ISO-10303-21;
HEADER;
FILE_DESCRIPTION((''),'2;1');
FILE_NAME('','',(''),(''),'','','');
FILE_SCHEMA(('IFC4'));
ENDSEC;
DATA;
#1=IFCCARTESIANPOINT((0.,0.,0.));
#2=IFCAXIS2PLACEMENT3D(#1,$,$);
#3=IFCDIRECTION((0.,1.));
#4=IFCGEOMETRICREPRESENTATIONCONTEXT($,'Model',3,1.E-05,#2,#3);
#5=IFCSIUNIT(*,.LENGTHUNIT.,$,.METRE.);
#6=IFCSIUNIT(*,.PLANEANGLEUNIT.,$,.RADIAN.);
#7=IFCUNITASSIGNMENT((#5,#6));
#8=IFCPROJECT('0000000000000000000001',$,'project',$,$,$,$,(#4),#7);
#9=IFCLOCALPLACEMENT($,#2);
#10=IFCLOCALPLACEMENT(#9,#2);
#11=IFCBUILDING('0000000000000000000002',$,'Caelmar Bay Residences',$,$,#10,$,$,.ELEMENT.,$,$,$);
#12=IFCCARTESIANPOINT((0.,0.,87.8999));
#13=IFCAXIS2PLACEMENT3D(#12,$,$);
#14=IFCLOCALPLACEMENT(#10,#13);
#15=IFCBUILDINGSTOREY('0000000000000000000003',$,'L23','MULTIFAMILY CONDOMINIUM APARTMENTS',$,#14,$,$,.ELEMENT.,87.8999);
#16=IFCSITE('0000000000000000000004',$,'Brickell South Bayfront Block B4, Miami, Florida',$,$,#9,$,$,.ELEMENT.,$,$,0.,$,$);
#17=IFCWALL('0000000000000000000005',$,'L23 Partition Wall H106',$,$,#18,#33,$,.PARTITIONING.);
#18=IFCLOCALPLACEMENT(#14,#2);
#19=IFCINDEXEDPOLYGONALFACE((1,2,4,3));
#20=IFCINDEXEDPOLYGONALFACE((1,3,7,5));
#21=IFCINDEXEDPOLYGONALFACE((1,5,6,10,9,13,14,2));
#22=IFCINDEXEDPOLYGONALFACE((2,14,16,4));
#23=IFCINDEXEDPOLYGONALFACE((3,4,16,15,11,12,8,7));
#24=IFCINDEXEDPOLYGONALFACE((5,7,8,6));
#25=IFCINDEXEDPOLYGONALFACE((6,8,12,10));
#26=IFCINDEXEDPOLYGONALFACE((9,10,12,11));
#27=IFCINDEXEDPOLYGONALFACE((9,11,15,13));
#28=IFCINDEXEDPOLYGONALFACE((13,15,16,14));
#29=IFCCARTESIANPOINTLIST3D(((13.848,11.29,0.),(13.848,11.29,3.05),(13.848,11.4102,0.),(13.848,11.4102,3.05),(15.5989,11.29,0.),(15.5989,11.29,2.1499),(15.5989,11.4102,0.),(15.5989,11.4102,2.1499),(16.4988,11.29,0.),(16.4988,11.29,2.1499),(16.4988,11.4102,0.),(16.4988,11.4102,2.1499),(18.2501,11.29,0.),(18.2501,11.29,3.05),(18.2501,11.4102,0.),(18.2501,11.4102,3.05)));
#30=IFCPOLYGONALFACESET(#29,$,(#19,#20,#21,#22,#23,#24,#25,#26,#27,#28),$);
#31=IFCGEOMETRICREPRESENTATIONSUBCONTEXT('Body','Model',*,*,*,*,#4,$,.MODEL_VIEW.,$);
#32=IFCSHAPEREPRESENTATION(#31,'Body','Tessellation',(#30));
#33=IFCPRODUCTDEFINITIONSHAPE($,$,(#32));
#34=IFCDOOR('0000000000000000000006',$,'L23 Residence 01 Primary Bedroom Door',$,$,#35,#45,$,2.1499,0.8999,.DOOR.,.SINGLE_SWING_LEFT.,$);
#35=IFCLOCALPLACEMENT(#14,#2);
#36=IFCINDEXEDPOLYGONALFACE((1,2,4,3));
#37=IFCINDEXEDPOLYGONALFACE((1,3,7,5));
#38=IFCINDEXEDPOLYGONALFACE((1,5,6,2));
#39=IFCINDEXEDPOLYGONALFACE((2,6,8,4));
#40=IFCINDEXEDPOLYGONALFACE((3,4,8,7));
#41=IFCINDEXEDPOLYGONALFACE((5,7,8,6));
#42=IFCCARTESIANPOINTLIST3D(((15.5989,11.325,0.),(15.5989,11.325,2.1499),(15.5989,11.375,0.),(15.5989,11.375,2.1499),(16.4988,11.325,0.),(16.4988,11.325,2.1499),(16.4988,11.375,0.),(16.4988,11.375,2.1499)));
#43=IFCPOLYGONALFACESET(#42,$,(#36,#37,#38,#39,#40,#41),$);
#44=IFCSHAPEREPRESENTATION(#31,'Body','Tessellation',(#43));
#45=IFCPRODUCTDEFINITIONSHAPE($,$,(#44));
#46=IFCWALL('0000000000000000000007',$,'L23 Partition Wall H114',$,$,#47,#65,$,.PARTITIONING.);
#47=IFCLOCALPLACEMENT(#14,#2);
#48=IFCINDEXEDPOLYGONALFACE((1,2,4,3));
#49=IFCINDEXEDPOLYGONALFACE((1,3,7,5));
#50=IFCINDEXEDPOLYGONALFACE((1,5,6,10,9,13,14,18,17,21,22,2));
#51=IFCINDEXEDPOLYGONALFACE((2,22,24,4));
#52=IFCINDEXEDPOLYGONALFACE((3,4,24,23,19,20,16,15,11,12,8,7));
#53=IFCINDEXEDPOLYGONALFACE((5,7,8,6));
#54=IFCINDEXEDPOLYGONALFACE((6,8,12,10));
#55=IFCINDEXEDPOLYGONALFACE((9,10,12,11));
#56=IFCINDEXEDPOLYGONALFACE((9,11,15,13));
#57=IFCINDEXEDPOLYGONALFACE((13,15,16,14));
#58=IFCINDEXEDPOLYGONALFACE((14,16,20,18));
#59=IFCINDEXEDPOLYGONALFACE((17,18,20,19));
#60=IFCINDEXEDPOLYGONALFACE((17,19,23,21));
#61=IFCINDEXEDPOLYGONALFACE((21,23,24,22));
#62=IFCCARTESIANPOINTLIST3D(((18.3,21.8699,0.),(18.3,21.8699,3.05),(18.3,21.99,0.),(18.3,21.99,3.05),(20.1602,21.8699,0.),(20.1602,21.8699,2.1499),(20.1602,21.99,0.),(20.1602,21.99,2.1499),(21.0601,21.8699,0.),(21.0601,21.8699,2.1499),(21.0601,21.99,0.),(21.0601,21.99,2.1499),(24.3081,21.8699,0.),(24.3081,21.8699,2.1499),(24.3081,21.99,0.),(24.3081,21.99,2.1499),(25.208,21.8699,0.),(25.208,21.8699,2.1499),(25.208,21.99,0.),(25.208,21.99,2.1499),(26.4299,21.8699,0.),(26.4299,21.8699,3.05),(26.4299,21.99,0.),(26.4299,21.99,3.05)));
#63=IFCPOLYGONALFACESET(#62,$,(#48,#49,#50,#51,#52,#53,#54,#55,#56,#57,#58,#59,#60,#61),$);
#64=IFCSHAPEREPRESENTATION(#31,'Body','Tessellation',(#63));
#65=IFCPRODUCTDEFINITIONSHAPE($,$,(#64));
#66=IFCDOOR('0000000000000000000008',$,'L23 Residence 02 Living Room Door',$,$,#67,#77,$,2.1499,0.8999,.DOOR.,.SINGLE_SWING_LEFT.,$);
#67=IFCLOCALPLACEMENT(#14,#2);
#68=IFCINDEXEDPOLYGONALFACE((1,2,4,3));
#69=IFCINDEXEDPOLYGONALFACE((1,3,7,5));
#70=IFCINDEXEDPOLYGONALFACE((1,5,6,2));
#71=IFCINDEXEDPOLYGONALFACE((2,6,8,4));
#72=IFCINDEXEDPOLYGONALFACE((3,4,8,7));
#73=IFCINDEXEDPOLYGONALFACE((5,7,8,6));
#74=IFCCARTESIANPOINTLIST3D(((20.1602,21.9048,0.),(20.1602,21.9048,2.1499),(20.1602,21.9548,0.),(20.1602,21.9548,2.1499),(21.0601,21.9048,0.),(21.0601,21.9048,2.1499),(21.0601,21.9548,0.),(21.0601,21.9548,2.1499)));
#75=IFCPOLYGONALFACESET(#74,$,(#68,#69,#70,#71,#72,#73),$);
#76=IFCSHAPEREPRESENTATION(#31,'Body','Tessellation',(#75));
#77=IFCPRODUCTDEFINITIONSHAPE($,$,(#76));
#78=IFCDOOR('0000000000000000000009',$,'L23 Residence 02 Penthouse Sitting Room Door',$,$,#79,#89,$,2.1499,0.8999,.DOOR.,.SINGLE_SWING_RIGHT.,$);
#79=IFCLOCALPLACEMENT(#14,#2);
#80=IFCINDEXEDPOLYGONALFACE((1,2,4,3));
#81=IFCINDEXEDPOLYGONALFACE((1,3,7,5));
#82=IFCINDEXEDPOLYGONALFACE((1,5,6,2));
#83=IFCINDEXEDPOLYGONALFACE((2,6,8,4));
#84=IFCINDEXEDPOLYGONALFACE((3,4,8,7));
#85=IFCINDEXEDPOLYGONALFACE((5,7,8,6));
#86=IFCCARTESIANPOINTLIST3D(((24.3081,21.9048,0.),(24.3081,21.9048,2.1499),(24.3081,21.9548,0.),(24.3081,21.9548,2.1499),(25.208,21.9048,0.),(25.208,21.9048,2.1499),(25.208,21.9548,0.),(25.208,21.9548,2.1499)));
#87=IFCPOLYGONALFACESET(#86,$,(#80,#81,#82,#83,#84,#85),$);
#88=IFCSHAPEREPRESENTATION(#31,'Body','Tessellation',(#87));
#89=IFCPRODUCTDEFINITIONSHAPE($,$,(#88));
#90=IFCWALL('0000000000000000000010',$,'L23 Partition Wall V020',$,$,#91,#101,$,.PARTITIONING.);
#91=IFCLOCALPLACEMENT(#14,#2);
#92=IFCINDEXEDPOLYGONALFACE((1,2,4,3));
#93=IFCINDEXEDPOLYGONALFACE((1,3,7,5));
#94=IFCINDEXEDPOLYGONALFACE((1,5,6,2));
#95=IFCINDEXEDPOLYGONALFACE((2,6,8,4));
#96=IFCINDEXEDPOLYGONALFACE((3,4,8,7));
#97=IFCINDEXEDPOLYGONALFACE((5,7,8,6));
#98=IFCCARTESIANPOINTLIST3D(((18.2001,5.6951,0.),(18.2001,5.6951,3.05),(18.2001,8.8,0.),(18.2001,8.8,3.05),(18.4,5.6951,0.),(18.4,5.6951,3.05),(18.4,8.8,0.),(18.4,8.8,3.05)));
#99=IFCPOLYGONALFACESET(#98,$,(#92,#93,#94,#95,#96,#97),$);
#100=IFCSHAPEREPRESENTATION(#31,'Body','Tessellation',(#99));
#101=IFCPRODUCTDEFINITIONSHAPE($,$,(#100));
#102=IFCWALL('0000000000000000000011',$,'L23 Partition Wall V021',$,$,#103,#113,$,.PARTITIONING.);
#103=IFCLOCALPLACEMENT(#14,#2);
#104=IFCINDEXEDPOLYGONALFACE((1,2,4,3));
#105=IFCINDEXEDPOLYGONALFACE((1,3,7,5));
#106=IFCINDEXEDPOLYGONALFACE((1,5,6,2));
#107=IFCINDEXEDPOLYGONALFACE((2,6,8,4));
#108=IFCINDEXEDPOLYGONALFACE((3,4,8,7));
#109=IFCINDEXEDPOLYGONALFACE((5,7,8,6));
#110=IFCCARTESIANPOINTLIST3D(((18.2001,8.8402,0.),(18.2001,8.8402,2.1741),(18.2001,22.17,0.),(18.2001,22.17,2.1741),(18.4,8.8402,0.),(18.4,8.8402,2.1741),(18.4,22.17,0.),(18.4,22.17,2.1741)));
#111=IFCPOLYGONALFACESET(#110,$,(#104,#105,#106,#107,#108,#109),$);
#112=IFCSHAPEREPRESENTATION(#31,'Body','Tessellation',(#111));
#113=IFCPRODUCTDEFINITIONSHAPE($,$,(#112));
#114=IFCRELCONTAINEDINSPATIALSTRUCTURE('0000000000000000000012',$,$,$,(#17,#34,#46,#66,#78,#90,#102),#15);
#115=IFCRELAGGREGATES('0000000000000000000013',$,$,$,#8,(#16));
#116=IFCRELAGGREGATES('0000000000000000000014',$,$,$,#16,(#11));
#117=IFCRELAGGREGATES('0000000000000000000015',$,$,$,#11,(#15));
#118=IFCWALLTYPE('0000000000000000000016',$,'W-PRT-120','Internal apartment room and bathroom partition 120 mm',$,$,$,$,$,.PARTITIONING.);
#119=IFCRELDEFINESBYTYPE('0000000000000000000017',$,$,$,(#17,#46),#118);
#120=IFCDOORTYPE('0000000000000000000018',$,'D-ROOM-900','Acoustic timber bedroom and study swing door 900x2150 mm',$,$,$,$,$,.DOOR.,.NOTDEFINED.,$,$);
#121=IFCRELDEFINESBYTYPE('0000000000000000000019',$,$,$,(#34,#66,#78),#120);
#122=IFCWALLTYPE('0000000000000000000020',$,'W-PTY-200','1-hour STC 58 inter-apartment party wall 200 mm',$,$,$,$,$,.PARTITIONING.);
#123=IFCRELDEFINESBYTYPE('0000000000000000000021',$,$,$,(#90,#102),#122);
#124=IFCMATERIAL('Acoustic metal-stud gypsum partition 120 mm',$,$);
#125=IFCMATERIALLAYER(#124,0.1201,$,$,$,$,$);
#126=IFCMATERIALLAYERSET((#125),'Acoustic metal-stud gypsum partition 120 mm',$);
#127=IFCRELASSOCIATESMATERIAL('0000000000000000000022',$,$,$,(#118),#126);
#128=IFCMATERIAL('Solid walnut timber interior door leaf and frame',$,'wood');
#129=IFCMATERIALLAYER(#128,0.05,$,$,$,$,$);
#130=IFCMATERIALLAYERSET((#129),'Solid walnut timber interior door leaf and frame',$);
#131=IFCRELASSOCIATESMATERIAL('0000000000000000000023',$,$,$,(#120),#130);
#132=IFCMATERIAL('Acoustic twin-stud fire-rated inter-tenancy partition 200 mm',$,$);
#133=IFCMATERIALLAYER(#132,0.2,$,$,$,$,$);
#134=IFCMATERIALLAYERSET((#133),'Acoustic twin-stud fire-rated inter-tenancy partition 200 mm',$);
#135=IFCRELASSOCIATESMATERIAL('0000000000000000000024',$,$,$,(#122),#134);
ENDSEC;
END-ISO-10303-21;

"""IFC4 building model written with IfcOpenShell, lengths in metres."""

from ifc_helpers import new_model, si_unit, direction, frame, frame_2d, origin, place, context, subcontext, project, spatial, rectangle, extrude, material, layer, layer_set, type_object, element, fill, save


model = new_model("IFC4")

# Units and contexts
model_context = context("Model", 3, precision=1e-05, world=origin(), true_north=direction((0.0, 1.0)))
body_context = subcontext(model_context, "Body", "Model", "MODEL_VIEW")
ifc_project = project(units=[si_unit("LENGTHUNIT", "METRE"), si_unit("PLANEANGLEUNIT", "RADIAN")], contexts=[model_context])

# Site, building, storey
site_placement = place(None, origin())
site = spatial("IfcSite", under=ifc_project, at=site_placement, Name="Brickell South Bayfront Block B4, Miami, Florida", CompositionType="ELEMENT", RefElevation=0.0)
building_placement = place(site_placement, origin())
building = spatial("IfcBuilding", under=site, at=building_placement, Name="Caelmar Bay Residences", CompositionType="ELEMENT")
storey_placement = place(building_placement, frame((0.0, 0.0, 87.8999)))
storey = spatial("IfcBuildingStorey", under=building, at=storey_placement, Name="L23", Description="MULTIFAMILY CONDOMINIUM APARTMENTS", CompositionType="ELEMENT", Elevation=87.8999)

# Shared definitions
ifc_material_1 = material(Name="Acoustic metal-stud gypsum partition 120 mm")
ifc_layer_1 = layer(ifc_material_1, 0.1201)
ifc_layer_set_1 = layer_set([ifc_layer_1], Name="Acoustic metal-stud gypsum partition 120 mm")
wall_type_1 = type_object("IfcWallType", Name="W-PRT-120", Description="Internal apartment room and bathroom partition 120 mm", PredefinedType="PARTITIONING", material=ifc_layer_set_1)
ifc_material_2 = material(Name="Solid walnut timber interior door leaf and frame", Category="wood")
ifc_layer_2 = layer(ifc_material_2, 0.05)
ifc_layer_set_2 = layer_set([ifc_layer_2], Name="Solid walnut timber interior door leaf and frame")
door_type = type_object("IfcDoorType", Name="D-ROOM-900", Description="Acoustic timber bedroom and study swing door 900x2150 mm", OperationType="NOTDEFINED", PredefinedType="DOOR", material=ifc_layer_set_2)

# Wall, opening, door
wall_1_placement = place(storey_placement, frame((13.8479, 11.3501, 0.0), z_axis=(0.0, 0.0, 1.0), x_axis=(1.0, 0.0, 0.0)))
wall_1 = element("IfcWall", 1, at=wall_1_placement, inside=storey, type_object=wall_type_1, Name="L23 Partition Wall H106", PredefinedType="PARTITIONING", context=body_context, shape_type="SweptSolid", body=[
    extrude(rectangle(XDim=4.4021, YDim=0.1201, at=frame_2d((2.2012, 0.0))), origin(), (0.0, 0.0, 1.0), 3.05),
])
opening_1_placement = place(wall_1_placement, frame((1.751, 0.0, 0.0)))
opening_1 = element("IfcOpeningElement", 2, at=opening_1_placement, cuts=wall_1, PredefinedType="OPENING", context=body_context, shape_type="SweptSolid", body=[
    extrude(rectangle(XDim=0.8999, YDim=2.1499, at=frame_2d((0.45, 1.075))), frame((0.0, 0.0701, 0.0), z_axis=(0.0, -1.0, 0.0), x_axis=(1.0, 0.0, 0.0)), (0.0, 0.0, 1.0), 0.1401),
])
door_1_placement = place(opening_1_placement, origin())
door_1 = element("IfcDoor", 3, at=door_1_placement, inside=storey, type_object=door_type, Name="L23 Residence 01 Primary Bedroom Door", OperationType="SINGLE_SWING_LEFT", OverallHeight=2.1499, OverallWidth=0.8999, PredefinedType="DOOR", context=body_context, shape_type="SweptSolid", body=[
    extrude(rectangle(XDim=0.8999, YDim=2.1499, at=frame_2d((0.45, 1.075))), frame((0.0, 0.0249, 0.0), z_axis=(0.0, -1.0, 0.0), x_axis=(1.0, 0.0, 0.0)), (0.0, 0.0, 1.0), 0.05),
])
fill(opening_1, door_1)

# Wall, openings, doors
wall_2_placement = place(storey_placement, frame((18.3, 21.9299, 0.0), z_axis=(0.0, 0.0, 1.0), x_axis=(1.0, 0.0, 0.0)))
wall_2 = element("IfcWall", 4, at=wall_2_placement, inside=storey, type_object=wall_type_1, Name="L23 Partition Wall H114", PredefinedType="PARTITIONING", context=body_context, shape_type="SweptSolid", body=[
    extrude(rectangle(XDim=8.1299, YDim=0.1201, at=frame_2d((4.0649, 0.0))), origin(), (0.0, 0.0, 1.0), 3.05),
])
opening_2_placement = place(wall_2_placement, frame((1.8601, 0.0, 0.0)))
opening_2 = element("IfcOpeningElement", 5, at=opening_2_placement, cuts=wall_2, PredefinedType="OPENING", context=body_context, shape_type="SweptSolid", body=[
    extrude(rectangle(XDim=0.8999, YDim=2.1499, at=frame_2d((0.45, 1.075))), frame((0.0, 0.0701, 0.0), z_axis=(0.0, -1.0, 0.0), x_axis=(1.0, 0.0, 0.0)), (0.0, 0.0, 1.0), 0.1401),
])
opening_3_placement = place(wall_2_placement, frame((6.0081, 0.0, 0.0)))
opening_3 = element("IfcOpeningElement", 6, at=opening_3_placement, cuts=wall_2, PredefinedType="OPENING", context=body_context, shape_type="SweptSolid", body=[
    extrude(rectangle(XDim=0.8999, YDim=2.1499, at=frame_2d((0.45, 1.075))), frame((0.0, 0.0701, 0.0), z_axis=(0.0, -1.0, 0.0), x_axis=(1.0, 0.0, 0.0)), (0.0, 0.0, 1.0), 0.1401),
])
door_2_placement = place(opening_2_placement, origin())
door_2 = element("IfcDoor", 7, at=door_2_placement, inside=storey, type_object=door_type, Name="L23 Residence 02 Living Room Door", OperationType="SINGLE_SWING_LEFT", OverallHeight=2.1499, OverallWidth=0.8999, PredefinedType="DOOR", context=body_context, shape_type="SweptSolid", body=[
    extrude(rectangle(XDim=0.8999, YDim=2.1499, at=frame_2d((0.45, 1.075))), frame((0.0, 0.0249, 0.0), z_axis=(0.0, -1.0, 0.0), x_axis=(1.0, 0.0, 0.0)), (0.0, 0.0, 1.0), 0.05),
])
fill(opening_2, door_2)
door_3_placement = place(opening_3_placement, origin())
door_3 = element("IfcDoor", 8, at=door_3_placement, inside=storey, type_object=door_type, Name="L23 Residence 02 Penthouse Sitting Room Door", OperationType="SINGLE_SWING_RIGHT", OverallHeight=2.1499, OverallWidth=0.8999, PredefinedType="DOOR", context=body_context, shape_type="SweptSolid", body=[
    extrude(rectangle(XDim=0.8999, YDim=2.1499, at=frame_2d((0.45, 1.075))), frame((0.0, 0.0249, 0.0), z_axis=(0.0, -1.0, 0.0), x_axis=(1.0, 0.0, 0.0)), (0.0, 0.0, 1.0), 0.05),
])
fill(opening_3, door_3)

# Walls
ifc_material_3 = material(Name="Acoustic twin-stud fire-rated inter-tenancy partition 200 mm")
ifc_layer_3 = layer(ifc_material_3, 0.2)
ifc_layer_set_3 = layer_set([ifc_layer_3], Name="Acoustic twin-stud fire-rated inter-tenancy partition 200 mm")
wall_type_2 = type_object("IfcWallType", Name="W-PTY-200", Description="1-hour STC 58 inter-apartment party wall 200 mm", PredefinedType="PARTITIONING", material=ifc_layer_set_3)
wall_3_placement = place(storey_placement, frame((18.3, 5.6951, 0.0), z_axis=(0.0, 0.0, 1.0), x_axis=(0.0, 1.0, 0.0)))
element("IfcWall", 9, at=wall_3_placement, inside=storey, type_object=wall_type_2, Name="L23 Partition Wall V020", PredefinedType="PARTITIONING", context=body_context, shape_type="SweptSolid", body=[
    extrude(rectangle(XDim=3.105, YDim=0.2, at=frame_2d((1.5525, 0.0))), origin(), (0.0, 0.0, 1.0), 3.05),
])
wall_4_placement = place(storey_placement, frame((18.3, 8.8401, 0.0), z_axis=(0.0, 0.0, 1.0), x_axis=(0.0, 1.0, 0.0)))
element("IfcWall", 10, at=wall_4_placement, inside=storey, type_object=wall_type_2, Name="L23 Partition Wall V021", PredefinedType="PARTITIONING", context=body_context, shape_type="SweptSolid", body=[
    extrude(rectangle(XDim=13.3298, YDim=0.2, at=frame_2d((6.665, 0.0))), origin(), (0.0, 0.0, 1.0), 2.1741),
])

save(model, "model.ifc")
